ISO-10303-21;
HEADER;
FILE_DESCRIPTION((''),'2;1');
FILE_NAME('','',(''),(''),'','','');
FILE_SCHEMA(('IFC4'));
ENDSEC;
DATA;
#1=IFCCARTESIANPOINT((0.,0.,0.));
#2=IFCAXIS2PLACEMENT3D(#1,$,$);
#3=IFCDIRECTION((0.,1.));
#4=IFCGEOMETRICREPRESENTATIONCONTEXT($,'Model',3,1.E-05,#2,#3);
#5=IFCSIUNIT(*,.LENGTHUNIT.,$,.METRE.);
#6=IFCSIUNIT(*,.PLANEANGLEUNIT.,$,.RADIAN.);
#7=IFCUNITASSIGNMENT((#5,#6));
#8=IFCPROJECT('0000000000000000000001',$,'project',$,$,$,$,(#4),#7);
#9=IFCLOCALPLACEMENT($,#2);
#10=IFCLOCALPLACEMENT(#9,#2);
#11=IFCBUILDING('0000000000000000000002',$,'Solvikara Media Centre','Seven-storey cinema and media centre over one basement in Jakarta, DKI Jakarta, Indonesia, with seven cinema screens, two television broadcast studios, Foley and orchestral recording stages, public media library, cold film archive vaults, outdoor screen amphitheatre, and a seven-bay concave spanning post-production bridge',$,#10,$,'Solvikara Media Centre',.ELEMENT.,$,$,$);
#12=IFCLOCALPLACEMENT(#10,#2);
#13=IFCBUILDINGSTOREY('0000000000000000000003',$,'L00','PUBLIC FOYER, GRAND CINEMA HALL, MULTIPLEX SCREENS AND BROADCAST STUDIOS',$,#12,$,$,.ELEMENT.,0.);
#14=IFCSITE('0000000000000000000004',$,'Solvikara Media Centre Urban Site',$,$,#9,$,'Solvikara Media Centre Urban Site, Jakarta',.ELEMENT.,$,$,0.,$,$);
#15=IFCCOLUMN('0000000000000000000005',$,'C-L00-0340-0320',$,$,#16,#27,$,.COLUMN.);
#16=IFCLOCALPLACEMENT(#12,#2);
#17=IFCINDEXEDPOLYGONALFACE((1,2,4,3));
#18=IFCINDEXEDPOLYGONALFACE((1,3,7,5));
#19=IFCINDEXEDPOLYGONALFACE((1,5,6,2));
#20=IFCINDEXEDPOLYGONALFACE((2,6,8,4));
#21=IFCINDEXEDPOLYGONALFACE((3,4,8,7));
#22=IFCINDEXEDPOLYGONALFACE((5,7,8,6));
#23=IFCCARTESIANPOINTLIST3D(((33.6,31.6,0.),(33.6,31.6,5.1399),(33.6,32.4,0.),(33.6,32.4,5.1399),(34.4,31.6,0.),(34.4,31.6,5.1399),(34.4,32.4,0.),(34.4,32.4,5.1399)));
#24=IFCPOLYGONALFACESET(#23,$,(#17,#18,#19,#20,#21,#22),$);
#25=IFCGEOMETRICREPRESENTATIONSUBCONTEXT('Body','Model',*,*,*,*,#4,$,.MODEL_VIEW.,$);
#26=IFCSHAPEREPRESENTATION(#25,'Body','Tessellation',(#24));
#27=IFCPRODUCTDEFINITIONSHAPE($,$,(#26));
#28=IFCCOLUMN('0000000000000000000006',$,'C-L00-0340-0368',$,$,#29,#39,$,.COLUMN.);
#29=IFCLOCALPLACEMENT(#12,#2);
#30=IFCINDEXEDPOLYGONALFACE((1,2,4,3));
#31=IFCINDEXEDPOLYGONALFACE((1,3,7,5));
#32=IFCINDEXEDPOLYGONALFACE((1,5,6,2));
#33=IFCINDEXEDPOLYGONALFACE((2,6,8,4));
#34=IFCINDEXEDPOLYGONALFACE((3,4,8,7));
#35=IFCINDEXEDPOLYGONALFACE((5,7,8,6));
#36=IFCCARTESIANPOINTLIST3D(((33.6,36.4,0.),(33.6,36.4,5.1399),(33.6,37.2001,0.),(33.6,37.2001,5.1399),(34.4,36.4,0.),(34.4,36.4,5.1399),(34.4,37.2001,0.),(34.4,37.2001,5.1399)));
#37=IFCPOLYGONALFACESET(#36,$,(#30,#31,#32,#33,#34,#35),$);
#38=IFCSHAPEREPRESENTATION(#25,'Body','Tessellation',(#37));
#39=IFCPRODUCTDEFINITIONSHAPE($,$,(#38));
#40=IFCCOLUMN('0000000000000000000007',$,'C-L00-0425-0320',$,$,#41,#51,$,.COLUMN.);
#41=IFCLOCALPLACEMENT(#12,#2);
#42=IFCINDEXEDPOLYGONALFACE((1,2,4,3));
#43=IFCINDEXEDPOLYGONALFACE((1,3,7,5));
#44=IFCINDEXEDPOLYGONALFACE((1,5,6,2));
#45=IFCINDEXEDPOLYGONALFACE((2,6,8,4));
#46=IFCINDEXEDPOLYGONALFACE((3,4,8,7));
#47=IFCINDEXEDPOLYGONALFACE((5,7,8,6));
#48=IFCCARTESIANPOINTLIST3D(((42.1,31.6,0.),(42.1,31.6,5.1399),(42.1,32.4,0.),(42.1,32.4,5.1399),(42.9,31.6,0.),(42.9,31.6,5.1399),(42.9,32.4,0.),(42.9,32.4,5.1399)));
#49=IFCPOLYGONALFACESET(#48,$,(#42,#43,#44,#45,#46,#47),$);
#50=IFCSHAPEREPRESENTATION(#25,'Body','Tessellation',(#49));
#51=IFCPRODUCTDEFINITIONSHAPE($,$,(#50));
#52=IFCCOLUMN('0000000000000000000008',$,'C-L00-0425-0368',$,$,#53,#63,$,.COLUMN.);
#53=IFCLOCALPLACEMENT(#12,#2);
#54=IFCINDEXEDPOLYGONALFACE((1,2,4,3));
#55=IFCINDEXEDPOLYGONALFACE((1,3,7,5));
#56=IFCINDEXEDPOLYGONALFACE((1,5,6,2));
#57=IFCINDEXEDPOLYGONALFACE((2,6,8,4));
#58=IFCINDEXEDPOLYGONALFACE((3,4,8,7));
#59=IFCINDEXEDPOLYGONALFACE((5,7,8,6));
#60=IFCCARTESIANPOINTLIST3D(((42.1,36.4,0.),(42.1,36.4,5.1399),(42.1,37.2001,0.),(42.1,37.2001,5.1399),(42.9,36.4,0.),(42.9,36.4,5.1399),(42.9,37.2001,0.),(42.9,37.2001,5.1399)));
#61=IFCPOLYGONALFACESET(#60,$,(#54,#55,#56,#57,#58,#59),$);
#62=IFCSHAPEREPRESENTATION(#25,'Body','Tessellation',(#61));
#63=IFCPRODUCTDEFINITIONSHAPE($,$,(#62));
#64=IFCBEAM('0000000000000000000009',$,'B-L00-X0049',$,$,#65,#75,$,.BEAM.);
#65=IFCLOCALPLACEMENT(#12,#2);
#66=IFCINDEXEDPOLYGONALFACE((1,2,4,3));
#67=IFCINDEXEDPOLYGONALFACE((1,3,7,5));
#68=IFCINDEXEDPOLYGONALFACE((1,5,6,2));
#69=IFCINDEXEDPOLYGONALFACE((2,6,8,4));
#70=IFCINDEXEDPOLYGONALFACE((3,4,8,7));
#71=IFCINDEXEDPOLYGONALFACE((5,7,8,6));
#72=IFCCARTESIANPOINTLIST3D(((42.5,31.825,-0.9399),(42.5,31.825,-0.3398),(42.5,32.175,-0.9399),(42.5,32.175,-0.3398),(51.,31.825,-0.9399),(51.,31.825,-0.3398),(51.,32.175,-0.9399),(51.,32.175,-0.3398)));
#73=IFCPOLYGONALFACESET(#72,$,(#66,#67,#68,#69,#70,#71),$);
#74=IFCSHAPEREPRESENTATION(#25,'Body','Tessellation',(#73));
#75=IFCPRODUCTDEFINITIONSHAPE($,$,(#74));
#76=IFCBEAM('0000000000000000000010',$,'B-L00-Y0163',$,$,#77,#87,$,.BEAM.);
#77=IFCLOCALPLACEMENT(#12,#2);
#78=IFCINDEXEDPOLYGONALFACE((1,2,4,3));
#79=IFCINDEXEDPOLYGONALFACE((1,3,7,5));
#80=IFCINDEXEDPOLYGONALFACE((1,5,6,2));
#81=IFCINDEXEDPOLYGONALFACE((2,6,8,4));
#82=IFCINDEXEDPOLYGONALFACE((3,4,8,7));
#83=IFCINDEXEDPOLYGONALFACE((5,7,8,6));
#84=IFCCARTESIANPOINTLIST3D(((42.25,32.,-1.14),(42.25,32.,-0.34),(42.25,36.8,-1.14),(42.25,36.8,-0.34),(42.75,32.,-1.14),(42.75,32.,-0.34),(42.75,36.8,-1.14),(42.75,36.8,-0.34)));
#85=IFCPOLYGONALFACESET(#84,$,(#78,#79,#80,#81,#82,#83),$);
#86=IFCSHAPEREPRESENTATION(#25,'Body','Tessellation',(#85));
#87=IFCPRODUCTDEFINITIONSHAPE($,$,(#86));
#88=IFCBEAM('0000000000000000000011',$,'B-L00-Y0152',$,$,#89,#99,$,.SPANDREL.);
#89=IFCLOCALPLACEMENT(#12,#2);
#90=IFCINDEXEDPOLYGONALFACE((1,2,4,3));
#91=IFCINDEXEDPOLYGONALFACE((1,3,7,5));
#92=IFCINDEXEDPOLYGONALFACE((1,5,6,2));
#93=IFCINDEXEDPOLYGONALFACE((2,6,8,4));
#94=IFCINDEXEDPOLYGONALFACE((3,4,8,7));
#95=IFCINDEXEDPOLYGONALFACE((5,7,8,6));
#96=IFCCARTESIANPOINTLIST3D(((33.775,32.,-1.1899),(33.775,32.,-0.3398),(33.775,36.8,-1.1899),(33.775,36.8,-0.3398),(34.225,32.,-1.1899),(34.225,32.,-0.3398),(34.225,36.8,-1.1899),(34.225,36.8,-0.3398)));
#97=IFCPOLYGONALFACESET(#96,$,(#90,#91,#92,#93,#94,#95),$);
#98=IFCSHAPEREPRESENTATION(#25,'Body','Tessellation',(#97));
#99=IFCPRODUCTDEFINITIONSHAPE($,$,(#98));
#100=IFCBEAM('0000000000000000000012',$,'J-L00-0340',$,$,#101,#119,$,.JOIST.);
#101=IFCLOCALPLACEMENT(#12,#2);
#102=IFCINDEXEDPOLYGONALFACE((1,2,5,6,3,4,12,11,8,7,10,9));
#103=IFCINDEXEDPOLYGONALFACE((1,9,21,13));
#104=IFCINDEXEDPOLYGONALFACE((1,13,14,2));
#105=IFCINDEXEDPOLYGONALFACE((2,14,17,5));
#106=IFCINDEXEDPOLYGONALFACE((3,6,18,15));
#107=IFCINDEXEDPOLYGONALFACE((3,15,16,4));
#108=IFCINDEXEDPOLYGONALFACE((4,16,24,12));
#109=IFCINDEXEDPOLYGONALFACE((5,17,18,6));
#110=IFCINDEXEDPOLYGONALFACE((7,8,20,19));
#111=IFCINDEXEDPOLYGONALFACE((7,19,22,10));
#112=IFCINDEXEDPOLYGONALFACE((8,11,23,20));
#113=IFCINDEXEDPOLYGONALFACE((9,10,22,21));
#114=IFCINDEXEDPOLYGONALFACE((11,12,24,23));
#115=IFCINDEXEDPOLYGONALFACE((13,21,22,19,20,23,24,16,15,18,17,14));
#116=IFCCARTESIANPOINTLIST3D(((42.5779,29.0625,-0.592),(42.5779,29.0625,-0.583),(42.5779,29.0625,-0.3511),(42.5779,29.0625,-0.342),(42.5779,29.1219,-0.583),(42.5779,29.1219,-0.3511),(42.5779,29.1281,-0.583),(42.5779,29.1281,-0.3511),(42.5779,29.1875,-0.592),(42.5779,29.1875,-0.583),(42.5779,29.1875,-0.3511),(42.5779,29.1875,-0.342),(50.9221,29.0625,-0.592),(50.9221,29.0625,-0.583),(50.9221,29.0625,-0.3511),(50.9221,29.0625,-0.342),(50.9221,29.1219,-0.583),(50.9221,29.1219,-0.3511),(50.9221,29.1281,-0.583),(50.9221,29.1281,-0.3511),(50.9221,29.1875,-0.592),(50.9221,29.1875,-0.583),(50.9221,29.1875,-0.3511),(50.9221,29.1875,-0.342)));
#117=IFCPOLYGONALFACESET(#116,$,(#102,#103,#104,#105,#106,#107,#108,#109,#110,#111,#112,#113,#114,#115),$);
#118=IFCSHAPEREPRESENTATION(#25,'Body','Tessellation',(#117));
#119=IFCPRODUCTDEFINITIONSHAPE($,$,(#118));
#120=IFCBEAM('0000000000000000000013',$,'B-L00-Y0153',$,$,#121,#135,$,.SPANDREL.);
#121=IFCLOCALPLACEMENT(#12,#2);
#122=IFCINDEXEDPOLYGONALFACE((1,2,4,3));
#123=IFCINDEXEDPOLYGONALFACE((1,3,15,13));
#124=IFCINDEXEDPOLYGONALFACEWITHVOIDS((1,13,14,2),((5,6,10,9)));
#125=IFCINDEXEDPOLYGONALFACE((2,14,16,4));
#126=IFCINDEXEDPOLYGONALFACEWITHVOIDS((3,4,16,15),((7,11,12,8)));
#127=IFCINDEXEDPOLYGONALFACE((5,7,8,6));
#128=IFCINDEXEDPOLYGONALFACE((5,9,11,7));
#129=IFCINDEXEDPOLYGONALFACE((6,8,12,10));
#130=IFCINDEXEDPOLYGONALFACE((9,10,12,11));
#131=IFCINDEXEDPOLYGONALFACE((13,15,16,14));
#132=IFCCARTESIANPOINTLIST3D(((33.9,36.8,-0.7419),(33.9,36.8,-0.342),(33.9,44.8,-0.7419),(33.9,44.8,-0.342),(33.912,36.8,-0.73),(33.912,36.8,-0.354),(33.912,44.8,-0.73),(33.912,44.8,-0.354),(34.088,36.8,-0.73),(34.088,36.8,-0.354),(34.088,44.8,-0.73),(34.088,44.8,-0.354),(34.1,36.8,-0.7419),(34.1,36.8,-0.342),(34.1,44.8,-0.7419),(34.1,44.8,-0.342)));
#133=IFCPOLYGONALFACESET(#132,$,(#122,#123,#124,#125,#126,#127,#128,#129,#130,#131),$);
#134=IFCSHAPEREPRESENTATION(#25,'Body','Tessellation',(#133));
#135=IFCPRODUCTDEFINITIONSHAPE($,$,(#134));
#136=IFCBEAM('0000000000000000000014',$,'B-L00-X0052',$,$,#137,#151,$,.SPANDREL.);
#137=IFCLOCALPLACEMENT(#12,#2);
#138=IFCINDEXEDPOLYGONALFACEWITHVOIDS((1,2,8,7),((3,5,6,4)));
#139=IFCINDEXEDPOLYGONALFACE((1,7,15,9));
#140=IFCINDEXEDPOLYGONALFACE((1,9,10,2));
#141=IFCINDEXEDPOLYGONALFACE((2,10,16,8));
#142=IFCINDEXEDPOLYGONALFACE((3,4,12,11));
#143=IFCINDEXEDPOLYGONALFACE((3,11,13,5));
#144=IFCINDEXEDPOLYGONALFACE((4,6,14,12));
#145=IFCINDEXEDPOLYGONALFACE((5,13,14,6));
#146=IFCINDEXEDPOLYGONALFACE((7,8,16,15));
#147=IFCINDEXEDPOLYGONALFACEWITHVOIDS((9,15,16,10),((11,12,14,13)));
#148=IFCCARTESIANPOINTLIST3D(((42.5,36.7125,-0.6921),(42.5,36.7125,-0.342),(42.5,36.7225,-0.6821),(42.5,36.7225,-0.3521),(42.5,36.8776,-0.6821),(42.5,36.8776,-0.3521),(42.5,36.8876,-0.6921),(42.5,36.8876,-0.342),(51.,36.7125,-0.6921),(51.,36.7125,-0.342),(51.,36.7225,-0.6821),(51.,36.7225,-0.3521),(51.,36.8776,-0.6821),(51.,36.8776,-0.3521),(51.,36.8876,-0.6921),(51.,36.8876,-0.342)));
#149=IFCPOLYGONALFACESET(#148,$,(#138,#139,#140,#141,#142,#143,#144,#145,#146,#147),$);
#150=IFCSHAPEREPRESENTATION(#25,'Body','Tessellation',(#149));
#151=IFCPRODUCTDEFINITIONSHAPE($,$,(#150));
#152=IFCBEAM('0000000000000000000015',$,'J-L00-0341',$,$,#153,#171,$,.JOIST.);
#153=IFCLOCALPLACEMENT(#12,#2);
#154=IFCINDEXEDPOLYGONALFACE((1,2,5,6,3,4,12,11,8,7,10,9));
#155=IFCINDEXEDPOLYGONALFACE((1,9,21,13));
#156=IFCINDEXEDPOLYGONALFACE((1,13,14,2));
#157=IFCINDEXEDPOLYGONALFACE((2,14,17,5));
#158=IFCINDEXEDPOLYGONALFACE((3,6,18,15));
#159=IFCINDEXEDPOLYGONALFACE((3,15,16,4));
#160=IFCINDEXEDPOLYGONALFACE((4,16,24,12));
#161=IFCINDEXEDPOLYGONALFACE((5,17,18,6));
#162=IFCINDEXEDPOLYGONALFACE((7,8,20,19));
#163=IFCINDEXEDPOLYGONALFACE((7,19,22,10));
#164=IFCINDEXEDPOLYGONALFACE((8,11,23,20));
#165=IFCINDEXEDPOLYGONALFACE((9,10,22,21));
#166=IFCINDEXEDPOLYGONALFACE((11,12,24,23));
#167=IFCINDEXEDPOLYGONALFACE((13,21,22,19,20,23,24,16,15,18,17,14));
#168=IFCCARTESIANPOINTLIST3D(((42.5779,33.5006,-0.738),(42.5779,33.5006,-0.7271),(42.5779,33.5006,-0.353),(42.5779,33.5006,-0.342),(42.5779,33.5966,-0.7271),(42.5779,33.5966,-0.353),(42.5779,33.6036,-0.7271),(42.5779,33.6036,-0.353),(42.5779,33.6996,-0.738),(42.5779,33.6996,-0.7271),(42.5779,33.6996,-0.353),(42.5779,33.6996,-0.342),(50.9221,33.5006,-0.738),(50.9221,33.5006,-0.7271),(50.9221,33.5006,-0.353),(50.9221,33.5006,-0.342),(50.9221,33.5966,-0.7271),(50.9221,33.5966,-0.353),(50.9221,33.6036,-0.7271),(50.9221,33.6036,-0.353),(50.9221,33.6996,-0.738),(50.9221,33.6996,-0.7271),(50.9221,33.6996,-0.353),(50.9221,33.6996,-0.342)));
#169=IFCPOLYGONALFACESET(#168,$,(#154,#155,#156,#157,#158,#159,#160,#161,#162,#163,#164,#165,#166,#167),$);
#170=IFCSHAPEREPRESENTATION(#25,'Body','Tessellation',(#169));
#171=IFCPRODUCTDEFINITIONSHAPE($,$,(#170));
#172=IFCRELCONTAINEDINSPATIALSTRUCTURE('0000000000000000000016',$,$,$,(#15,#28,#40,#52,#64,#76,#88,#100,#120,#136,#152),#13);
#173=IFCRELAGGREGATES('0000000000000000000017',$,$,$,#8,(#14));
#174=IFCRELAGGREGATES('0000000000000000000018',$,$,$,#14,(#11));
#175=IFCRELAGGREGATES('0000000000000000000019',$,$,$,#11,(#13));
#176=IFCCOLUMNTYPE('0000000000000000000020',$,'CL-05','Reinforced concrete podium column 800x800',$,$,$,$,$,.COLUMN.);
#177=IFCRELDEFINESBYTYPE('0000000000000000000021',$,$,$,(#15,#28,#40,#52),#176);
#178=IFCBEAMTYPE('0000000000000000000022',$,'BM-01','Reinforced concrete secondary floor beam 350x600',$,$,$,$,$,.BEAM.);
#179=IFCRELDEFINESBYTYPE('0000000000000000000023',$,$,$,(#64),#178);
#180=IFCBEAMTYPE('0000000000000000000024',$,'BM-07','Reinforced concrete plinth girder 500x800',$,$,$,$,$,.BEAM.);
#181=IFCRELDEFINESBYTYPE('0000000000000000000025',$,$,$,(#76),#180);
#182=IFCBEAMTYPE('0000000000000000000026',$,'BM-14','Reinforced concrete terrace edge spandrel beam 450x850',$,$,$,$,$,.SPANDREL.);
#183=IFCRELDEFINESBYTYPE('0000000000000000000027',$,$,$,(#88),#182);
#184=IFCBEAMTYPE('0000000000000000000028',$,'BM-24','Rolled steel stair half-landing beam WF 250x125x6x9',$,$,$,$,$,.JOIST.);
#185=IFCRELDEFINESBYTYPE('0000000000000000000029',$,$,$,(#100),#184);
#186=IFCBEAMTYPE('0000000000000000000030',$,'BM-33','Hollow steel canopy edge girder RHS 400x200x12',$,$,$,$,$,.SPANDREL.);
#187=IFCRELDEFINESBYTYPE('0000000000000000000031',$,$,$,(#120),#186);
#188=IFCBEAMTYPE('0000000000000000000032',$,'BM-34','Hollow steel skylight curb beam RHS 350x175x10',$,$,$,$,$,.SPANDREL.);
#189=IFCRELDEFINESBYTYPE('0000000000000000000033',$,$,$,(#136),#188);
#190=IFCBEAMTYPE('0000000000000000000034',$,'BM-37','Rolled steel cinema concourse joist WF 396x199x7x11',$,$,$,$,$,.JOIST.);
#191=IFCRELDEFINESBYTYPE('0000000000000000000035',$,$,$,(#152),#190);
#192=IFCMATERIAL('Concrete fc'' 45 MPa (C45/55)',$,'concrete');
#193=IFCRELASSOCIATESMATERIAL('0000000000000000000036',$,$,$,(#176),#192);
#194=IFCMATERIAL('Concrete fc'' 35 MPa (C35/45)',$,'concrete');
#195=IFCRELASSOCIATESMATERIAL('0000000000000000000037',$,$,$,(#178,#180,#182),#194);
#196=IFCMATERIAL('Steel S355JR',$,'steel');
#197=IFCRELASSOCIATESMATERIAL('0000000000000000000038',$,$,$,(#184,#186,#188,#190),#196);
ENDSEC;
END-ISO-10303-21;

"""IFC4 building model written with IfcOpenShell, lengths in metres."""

from ifc_helpers import new_model, si_unit, direction, frame, origin, origin_2d, place, context, subcontext, project, spatial, rectangle, hollow_rectangle, i_section, extrude, material, material_profile, profile_set, type_object, element, save


model = new_model("IFC4")

# Units and contexts
model_context = context("Model", 3, precision=1e-05, world=origin(), true_north=direction((0.0, 1.0)))
body_context = subcontext(model_context, "Body", "Model", "MODEL_VIEW")
ifc_project = project(units=[si_unit("LENGTHUNIT", "METRE"), si_unit("PLANEANGLEUNIT", "RADIAN")], contexts=[model_context])

# Site, building, storey
site_placement = place(None, origin())
site = spatial("IfcSite", under=ifc_project, at=site_placement, Name="Solvikara Media Centre Urban Site", LongName="Solvikara Media Centre Urban Site, Jakarta", CompositionType="ELEMENT", RefElevation=0.0)
building_placement = place(site_placement, origin())
building = spatial("IfcBuilding", under=site, at=building_placement, Name="Solvikara Media Centre", Description="Seven-storey cinema and media centre over one basement in Jakarta, DKI Jakarta, Indonesia, with seven cinema screens, two television broadcast studios, Foley and orchestral recording stages, public media library, cold film archive vaults, outdoor screen amphitheatre, and a seven-bay concave spanning post-production bridge", LongName="Solvikara Media Centre", CompositionType="ELEMENT")
storey_placement = place(building_placement, origin())
storey = spatial("IfcBuildingStorey", under=building, at=storey_placement, Name="L00", Description="PUBLIC FOYER, GRAND CINEMA HALL, MULTIPLEX SCREENS AND BROADCAST STUDIOS", CompositionType="ELEMENT", Elevation=0.0)

# Columns
ifc_material_1 = material(Name="Concrete fc' 45 MPa (C45/55)", Category="concrete")
ifc_material_profile_1 = material_profile(ifc_material_1, rectangle(XDim=0.8, YDim=0.8, at=origin_2d()), Name="RC 800x800")
ifc_profile_set_1 = profile_set([ifc_material_profile_1], Name="Concrete fc' 45 MPa (C45/55)")
column_type = type_object("IfcColumnType", Name="CL-05", Description="Reinforced concrete podium column 800x800", PredefinedType="COLUMN", material=ifc_profile_set_1)
for number, where, z_axis, x_axis, name in (
    (1, (34.0, 32.0, 0.0), (0.0, 0.0, 1.0), (1.0, 0.0, 0.0), "C-L00-0340-0320"),
    (2, (34.0, 36.8, 0.0), (0.0, 0.0, 1.0), (1.0, 0.0, 0.0), "C-L00-0340-0368"),
    (3, (42.5, 32.0, 0.0), (0.0, 0.0, 1.0), (1.0, 0.0, 0.0), "C-L00-0425-0320"),
    (4, (42.5, 36.8, 0.0), (0.0, 0.0, 1.0), (1.0, 0.0, 0.0), "C-L00-0425-0368"),
):
    element("IfcColumn", number, at=place(storey_placement, frame(where, z_axis=z_axis, x_axis=x_axis)), inside=storey, type_object=column_type, Name=name, PredefinedType="COLUMN", context=body_context, shape_type="SweptSolid", body=[
        extrude(rectangle(XDim=0.8, YDim=0.8, at=origin_2d()), origin(), (0.0, 0.0, 1.0), 5.1399),
    ])

# Beams
ifc_material_2 = material(Name="Concrete fc' 35 MPa (C35/45)", Category="concrete")
ifc_material_profile_2 = material_profile(ifc_material_2, rectangle(XDim=0.3501, YDim=0.6001, at=origin_2d()), Name="RC 350x600")
ifc_profile_set_2 = profile_set([ifc_material_profile_2], Name="Concrete fc' 35 MPa (C35/45)")
beam_type_1 = type_object("IfcBeamType", Name="BM-01", Description="Reinforced concrete secondary floor beam 350x600", PredefinedType="BEAM", material=ifc_profile_set_2)
beam_1_placement = place(storey_placement, frame((42.5, 32.0, -0.6399), z_axis=(1.0, 0.0, 0.0), x_axis=(0.0, 1.0, 0.0)))
element("IfcBeam", 5, at=beam_1_placement, inside=storey, type_object=beam_type_1, Name="B-L00-X0049", PredefinedType="BEAM", context=body_context, shape_type="SweptSolid", body=[
    extrude(rectangle(XDim=0.3501, YDim=0.6001, at=origin_2d()), origin(), (0.0, 0.0, 1.0), 8.5),
])
ifc_material_profile_3 = material_profile(ifc_material_2, rectangle(XDim=0.5, YDim=0.8, at=origin_2d()), Name="RC 500x800")
ifc_profile_set_3 = profile_set([ifc_material_profile_3], Name="Concrete fc' 35 MPa (C35/45)")
beam_type_2 = type_object("IfcBeamType", Name="BM-07", Description="Reinforced concrete plinth girder 500x800", PredefinedType="BEAM", material=ifc_profile_set_3)
beam_2_placement = place(storey_placement, frame((42.5, 32.0, -0.74), z_axis=(0.0, 1.0, 0.0), x_axis=(-1.0, 0.0, 0.0)))
element("IfcBeam", 6, at=beam_2_placement, inside=storey, type_object=beam_type_2, Name="B-L00-Y0163", PredefinedType="BEAM", context=body_context, shape_type="SweptSolid", body=[
    extrude(rectangle(XDim=0.5, YDim=0.8, at=origin_2d()), origin(), (0.0, 0.0, 1.0), 4.8),
])
ifc_material_profile_4 = material_profile(ifc_material_2, rectangle(XDim=0.45, YDim=0.8501, at=origin_2d()), Name="RC 450x850")
ifc_profile_set_4 = profile_set([ifc_material_profile_4], Name="Concrete fc' 35 MPa (C35/45)")
beam_type_3 = type_object("IfcBeamType", Name="BM-14", Description="Reinforced concrete terrace edge spandrel beam 450x850", PredefinedType="SPANDREL", material=ifc_profile_set_4)
beam_3_placement = place(storey_placement, frame((34.0, 32.0, -0.7649), z_axis=(0.0, 1.0, 0.0), x_axis=(-1.0, 0.0, 0.0)))
element("IfcBeam", 7, at=beam_3_placement, inside=storey, type_object=beam_type_3, Name="B-L00-Y0152", PredefinedType="SPANDREL", context=body_context, shape_type="SweptSolid", body=[
    extrude(rectangle(XDim=0.45, YDim=0.8501, at=origin_2d()), origin(), (0.0, 0.0, 1.0), 4.8),
])
ifc_material_3 = material(Name="Steel S355JR", Category="steel")
ifc_material_profile_5 = material_profile(ifc_material_3, i_section(OverallWidth=0.125, OverallDepth=0.25, WebThickness=0.0061, FlangeThickness=0.009, at=origin_2d()), Name="WF 250x125x6x9")
ifc_profile_set_5 = profile_set([ifc_material_profile_5], Name="Steel S355JR")
beam_type_4 = type_object("IfcBeamType", Name="BM-24", Description="Rolled steel stair half-landing beam WF 250x125x6x9", PredefinedType="JOIST", material=ifc_profile_set_5)
beam_4_placement = place(storey_placement, frame((42.5779, 29.125, -0.467), z_axis=(1.0, 0.0, 0.0), x_axis=(0.0, 1.0, 0.0)))
element("IfcBeam", 8, at=beam_4_placement, inside=storey, type_object=beam_type_4, Name="J-L00-0340", PredefinedType="JOIST", context=body_context, shape_type="SweptSolid", body=[
    extrude(i_section(OverallWidth=0.125, OverallDepth=0.25, WebThickness=0.0061, FlangeThickness=0.009, at=origin_2d()), origin(), (0.0, 0.0, 1.0), 8.3442),
])
ifc_material_profile_6 = material_profile(ifc_material_3, hollow_rectangle(XDim=0.2, YDim=0.3999, WallThickness=0.012, at=origin_2d()), Name="RHS 400x200x12")
ifc_profile_set_6 = profile_set([ifc_material_profile_6], Name="Steel S355JR")
beam_type_5 = type_object("IfcBeamType", Name="BM-33", Description="Hollow steel canopy edge girder RHS 400x200x12", PredefinedType="SPANDREL", material=ifc_profile_set_6)
beam_5_placement = place(storey_placement, frame((34.0, 36.8, -0.542), z_axis=(0.0, 1.0, 0.0), x_axis=(-1.0, 0.0, 0.0)))
element("IfcBeam", 9, at=beam_5_placement, inside=storey, type_object=beam_type_5, Name="B-L00-Y0153", PredefinedType="SPANDREL", context=body_context, shape_type="SweptSolid", body=[
    extrude(hollow_rectangle(XDim=0.2, YDim=0.3999, WallThickness=0.012, at=origin_2d()), origin(), (0.0, 0.0, 1.0), 8.0),
])
ifc_material_profile_7 = material_profile(ifc_material_3, hollow_rectangle(XDim=0.175, YDim=0.3501, WallThickness=0.01, at=origin_2d()), Name="RHS 350x175x10")
ifc_profile_set_7 = profile_set([ifc_material_profile_7], Name="Steel S355JR")
beam_type_6 = type_object("IfcBeamType", Name="BM-34", Description="Hollow steel skylight curb beam RHS 350x175x10", PredefinedType="SPANDREL", material=ifc_profile_set_7)
beam_6_placement = place(storey_placement, frame((42.5, 36.8, -0.5171), z_axis=(1.0, 0.0, 0.0), x_axis=(0.0, 1.0, 0.0)))
element("IfcBeam", 10, at=beam_6_placement, inside=storey, type_object=beam_type_6, Name="B-L00-X0052", PredefinedType="SPANDREL", context=body_context, shape_type="SweptSolid", body=[
    extrude(hollow_rectangle(XDim=0.175, YDim=0.3501, WallThickness=0.01, at=origin_2d()), origin(), (0.0, 0.0, 1.0), 8.5),
])
ifc_material_profile_8 = material_profile(ifc_material_3, i_section(OverallWidth=0.199, OverallDepth=0.396, WebThickness=0.0071, FlangeThickness=0.011, at=origin_2d()), Name="WF 396x199x7x11")
ifc_profile_set_8 = profile_set([ifc_material_profile_8], Name="Steel S355JR")
beam_type_7 = type_object("IfcBeamType", Name="BM-37", Description="Rolled steel cinema concourse joist WF 396x199x7x11", PredefinedType="JOIST", material=ifc_profile_set_8)
beam_7_placement = place(storey_placement, frame((42.5779, 33.6001, -0.54), z_axis=(1.0, 0.0, 0.0), x_axis=(0.0, 1.0, 0.0)))
element("IfcBeam", 11, at=beam_7_placement, inside=storey, type_object=beam_type_7, Name="J-L00-0341", PredefinedType="JOIST", context=body_context, shape_type="SweptSolid", body=[
    extrude(i_section(OverallWidth=0.199, OverallDepth=0.396, WebThickness=0.0071, FlangeThickness=0.011, at=origin_2d()), origin(), (0.0, 0.0, 1.0), 8.3442),
])

save(model, "model.ifc")
